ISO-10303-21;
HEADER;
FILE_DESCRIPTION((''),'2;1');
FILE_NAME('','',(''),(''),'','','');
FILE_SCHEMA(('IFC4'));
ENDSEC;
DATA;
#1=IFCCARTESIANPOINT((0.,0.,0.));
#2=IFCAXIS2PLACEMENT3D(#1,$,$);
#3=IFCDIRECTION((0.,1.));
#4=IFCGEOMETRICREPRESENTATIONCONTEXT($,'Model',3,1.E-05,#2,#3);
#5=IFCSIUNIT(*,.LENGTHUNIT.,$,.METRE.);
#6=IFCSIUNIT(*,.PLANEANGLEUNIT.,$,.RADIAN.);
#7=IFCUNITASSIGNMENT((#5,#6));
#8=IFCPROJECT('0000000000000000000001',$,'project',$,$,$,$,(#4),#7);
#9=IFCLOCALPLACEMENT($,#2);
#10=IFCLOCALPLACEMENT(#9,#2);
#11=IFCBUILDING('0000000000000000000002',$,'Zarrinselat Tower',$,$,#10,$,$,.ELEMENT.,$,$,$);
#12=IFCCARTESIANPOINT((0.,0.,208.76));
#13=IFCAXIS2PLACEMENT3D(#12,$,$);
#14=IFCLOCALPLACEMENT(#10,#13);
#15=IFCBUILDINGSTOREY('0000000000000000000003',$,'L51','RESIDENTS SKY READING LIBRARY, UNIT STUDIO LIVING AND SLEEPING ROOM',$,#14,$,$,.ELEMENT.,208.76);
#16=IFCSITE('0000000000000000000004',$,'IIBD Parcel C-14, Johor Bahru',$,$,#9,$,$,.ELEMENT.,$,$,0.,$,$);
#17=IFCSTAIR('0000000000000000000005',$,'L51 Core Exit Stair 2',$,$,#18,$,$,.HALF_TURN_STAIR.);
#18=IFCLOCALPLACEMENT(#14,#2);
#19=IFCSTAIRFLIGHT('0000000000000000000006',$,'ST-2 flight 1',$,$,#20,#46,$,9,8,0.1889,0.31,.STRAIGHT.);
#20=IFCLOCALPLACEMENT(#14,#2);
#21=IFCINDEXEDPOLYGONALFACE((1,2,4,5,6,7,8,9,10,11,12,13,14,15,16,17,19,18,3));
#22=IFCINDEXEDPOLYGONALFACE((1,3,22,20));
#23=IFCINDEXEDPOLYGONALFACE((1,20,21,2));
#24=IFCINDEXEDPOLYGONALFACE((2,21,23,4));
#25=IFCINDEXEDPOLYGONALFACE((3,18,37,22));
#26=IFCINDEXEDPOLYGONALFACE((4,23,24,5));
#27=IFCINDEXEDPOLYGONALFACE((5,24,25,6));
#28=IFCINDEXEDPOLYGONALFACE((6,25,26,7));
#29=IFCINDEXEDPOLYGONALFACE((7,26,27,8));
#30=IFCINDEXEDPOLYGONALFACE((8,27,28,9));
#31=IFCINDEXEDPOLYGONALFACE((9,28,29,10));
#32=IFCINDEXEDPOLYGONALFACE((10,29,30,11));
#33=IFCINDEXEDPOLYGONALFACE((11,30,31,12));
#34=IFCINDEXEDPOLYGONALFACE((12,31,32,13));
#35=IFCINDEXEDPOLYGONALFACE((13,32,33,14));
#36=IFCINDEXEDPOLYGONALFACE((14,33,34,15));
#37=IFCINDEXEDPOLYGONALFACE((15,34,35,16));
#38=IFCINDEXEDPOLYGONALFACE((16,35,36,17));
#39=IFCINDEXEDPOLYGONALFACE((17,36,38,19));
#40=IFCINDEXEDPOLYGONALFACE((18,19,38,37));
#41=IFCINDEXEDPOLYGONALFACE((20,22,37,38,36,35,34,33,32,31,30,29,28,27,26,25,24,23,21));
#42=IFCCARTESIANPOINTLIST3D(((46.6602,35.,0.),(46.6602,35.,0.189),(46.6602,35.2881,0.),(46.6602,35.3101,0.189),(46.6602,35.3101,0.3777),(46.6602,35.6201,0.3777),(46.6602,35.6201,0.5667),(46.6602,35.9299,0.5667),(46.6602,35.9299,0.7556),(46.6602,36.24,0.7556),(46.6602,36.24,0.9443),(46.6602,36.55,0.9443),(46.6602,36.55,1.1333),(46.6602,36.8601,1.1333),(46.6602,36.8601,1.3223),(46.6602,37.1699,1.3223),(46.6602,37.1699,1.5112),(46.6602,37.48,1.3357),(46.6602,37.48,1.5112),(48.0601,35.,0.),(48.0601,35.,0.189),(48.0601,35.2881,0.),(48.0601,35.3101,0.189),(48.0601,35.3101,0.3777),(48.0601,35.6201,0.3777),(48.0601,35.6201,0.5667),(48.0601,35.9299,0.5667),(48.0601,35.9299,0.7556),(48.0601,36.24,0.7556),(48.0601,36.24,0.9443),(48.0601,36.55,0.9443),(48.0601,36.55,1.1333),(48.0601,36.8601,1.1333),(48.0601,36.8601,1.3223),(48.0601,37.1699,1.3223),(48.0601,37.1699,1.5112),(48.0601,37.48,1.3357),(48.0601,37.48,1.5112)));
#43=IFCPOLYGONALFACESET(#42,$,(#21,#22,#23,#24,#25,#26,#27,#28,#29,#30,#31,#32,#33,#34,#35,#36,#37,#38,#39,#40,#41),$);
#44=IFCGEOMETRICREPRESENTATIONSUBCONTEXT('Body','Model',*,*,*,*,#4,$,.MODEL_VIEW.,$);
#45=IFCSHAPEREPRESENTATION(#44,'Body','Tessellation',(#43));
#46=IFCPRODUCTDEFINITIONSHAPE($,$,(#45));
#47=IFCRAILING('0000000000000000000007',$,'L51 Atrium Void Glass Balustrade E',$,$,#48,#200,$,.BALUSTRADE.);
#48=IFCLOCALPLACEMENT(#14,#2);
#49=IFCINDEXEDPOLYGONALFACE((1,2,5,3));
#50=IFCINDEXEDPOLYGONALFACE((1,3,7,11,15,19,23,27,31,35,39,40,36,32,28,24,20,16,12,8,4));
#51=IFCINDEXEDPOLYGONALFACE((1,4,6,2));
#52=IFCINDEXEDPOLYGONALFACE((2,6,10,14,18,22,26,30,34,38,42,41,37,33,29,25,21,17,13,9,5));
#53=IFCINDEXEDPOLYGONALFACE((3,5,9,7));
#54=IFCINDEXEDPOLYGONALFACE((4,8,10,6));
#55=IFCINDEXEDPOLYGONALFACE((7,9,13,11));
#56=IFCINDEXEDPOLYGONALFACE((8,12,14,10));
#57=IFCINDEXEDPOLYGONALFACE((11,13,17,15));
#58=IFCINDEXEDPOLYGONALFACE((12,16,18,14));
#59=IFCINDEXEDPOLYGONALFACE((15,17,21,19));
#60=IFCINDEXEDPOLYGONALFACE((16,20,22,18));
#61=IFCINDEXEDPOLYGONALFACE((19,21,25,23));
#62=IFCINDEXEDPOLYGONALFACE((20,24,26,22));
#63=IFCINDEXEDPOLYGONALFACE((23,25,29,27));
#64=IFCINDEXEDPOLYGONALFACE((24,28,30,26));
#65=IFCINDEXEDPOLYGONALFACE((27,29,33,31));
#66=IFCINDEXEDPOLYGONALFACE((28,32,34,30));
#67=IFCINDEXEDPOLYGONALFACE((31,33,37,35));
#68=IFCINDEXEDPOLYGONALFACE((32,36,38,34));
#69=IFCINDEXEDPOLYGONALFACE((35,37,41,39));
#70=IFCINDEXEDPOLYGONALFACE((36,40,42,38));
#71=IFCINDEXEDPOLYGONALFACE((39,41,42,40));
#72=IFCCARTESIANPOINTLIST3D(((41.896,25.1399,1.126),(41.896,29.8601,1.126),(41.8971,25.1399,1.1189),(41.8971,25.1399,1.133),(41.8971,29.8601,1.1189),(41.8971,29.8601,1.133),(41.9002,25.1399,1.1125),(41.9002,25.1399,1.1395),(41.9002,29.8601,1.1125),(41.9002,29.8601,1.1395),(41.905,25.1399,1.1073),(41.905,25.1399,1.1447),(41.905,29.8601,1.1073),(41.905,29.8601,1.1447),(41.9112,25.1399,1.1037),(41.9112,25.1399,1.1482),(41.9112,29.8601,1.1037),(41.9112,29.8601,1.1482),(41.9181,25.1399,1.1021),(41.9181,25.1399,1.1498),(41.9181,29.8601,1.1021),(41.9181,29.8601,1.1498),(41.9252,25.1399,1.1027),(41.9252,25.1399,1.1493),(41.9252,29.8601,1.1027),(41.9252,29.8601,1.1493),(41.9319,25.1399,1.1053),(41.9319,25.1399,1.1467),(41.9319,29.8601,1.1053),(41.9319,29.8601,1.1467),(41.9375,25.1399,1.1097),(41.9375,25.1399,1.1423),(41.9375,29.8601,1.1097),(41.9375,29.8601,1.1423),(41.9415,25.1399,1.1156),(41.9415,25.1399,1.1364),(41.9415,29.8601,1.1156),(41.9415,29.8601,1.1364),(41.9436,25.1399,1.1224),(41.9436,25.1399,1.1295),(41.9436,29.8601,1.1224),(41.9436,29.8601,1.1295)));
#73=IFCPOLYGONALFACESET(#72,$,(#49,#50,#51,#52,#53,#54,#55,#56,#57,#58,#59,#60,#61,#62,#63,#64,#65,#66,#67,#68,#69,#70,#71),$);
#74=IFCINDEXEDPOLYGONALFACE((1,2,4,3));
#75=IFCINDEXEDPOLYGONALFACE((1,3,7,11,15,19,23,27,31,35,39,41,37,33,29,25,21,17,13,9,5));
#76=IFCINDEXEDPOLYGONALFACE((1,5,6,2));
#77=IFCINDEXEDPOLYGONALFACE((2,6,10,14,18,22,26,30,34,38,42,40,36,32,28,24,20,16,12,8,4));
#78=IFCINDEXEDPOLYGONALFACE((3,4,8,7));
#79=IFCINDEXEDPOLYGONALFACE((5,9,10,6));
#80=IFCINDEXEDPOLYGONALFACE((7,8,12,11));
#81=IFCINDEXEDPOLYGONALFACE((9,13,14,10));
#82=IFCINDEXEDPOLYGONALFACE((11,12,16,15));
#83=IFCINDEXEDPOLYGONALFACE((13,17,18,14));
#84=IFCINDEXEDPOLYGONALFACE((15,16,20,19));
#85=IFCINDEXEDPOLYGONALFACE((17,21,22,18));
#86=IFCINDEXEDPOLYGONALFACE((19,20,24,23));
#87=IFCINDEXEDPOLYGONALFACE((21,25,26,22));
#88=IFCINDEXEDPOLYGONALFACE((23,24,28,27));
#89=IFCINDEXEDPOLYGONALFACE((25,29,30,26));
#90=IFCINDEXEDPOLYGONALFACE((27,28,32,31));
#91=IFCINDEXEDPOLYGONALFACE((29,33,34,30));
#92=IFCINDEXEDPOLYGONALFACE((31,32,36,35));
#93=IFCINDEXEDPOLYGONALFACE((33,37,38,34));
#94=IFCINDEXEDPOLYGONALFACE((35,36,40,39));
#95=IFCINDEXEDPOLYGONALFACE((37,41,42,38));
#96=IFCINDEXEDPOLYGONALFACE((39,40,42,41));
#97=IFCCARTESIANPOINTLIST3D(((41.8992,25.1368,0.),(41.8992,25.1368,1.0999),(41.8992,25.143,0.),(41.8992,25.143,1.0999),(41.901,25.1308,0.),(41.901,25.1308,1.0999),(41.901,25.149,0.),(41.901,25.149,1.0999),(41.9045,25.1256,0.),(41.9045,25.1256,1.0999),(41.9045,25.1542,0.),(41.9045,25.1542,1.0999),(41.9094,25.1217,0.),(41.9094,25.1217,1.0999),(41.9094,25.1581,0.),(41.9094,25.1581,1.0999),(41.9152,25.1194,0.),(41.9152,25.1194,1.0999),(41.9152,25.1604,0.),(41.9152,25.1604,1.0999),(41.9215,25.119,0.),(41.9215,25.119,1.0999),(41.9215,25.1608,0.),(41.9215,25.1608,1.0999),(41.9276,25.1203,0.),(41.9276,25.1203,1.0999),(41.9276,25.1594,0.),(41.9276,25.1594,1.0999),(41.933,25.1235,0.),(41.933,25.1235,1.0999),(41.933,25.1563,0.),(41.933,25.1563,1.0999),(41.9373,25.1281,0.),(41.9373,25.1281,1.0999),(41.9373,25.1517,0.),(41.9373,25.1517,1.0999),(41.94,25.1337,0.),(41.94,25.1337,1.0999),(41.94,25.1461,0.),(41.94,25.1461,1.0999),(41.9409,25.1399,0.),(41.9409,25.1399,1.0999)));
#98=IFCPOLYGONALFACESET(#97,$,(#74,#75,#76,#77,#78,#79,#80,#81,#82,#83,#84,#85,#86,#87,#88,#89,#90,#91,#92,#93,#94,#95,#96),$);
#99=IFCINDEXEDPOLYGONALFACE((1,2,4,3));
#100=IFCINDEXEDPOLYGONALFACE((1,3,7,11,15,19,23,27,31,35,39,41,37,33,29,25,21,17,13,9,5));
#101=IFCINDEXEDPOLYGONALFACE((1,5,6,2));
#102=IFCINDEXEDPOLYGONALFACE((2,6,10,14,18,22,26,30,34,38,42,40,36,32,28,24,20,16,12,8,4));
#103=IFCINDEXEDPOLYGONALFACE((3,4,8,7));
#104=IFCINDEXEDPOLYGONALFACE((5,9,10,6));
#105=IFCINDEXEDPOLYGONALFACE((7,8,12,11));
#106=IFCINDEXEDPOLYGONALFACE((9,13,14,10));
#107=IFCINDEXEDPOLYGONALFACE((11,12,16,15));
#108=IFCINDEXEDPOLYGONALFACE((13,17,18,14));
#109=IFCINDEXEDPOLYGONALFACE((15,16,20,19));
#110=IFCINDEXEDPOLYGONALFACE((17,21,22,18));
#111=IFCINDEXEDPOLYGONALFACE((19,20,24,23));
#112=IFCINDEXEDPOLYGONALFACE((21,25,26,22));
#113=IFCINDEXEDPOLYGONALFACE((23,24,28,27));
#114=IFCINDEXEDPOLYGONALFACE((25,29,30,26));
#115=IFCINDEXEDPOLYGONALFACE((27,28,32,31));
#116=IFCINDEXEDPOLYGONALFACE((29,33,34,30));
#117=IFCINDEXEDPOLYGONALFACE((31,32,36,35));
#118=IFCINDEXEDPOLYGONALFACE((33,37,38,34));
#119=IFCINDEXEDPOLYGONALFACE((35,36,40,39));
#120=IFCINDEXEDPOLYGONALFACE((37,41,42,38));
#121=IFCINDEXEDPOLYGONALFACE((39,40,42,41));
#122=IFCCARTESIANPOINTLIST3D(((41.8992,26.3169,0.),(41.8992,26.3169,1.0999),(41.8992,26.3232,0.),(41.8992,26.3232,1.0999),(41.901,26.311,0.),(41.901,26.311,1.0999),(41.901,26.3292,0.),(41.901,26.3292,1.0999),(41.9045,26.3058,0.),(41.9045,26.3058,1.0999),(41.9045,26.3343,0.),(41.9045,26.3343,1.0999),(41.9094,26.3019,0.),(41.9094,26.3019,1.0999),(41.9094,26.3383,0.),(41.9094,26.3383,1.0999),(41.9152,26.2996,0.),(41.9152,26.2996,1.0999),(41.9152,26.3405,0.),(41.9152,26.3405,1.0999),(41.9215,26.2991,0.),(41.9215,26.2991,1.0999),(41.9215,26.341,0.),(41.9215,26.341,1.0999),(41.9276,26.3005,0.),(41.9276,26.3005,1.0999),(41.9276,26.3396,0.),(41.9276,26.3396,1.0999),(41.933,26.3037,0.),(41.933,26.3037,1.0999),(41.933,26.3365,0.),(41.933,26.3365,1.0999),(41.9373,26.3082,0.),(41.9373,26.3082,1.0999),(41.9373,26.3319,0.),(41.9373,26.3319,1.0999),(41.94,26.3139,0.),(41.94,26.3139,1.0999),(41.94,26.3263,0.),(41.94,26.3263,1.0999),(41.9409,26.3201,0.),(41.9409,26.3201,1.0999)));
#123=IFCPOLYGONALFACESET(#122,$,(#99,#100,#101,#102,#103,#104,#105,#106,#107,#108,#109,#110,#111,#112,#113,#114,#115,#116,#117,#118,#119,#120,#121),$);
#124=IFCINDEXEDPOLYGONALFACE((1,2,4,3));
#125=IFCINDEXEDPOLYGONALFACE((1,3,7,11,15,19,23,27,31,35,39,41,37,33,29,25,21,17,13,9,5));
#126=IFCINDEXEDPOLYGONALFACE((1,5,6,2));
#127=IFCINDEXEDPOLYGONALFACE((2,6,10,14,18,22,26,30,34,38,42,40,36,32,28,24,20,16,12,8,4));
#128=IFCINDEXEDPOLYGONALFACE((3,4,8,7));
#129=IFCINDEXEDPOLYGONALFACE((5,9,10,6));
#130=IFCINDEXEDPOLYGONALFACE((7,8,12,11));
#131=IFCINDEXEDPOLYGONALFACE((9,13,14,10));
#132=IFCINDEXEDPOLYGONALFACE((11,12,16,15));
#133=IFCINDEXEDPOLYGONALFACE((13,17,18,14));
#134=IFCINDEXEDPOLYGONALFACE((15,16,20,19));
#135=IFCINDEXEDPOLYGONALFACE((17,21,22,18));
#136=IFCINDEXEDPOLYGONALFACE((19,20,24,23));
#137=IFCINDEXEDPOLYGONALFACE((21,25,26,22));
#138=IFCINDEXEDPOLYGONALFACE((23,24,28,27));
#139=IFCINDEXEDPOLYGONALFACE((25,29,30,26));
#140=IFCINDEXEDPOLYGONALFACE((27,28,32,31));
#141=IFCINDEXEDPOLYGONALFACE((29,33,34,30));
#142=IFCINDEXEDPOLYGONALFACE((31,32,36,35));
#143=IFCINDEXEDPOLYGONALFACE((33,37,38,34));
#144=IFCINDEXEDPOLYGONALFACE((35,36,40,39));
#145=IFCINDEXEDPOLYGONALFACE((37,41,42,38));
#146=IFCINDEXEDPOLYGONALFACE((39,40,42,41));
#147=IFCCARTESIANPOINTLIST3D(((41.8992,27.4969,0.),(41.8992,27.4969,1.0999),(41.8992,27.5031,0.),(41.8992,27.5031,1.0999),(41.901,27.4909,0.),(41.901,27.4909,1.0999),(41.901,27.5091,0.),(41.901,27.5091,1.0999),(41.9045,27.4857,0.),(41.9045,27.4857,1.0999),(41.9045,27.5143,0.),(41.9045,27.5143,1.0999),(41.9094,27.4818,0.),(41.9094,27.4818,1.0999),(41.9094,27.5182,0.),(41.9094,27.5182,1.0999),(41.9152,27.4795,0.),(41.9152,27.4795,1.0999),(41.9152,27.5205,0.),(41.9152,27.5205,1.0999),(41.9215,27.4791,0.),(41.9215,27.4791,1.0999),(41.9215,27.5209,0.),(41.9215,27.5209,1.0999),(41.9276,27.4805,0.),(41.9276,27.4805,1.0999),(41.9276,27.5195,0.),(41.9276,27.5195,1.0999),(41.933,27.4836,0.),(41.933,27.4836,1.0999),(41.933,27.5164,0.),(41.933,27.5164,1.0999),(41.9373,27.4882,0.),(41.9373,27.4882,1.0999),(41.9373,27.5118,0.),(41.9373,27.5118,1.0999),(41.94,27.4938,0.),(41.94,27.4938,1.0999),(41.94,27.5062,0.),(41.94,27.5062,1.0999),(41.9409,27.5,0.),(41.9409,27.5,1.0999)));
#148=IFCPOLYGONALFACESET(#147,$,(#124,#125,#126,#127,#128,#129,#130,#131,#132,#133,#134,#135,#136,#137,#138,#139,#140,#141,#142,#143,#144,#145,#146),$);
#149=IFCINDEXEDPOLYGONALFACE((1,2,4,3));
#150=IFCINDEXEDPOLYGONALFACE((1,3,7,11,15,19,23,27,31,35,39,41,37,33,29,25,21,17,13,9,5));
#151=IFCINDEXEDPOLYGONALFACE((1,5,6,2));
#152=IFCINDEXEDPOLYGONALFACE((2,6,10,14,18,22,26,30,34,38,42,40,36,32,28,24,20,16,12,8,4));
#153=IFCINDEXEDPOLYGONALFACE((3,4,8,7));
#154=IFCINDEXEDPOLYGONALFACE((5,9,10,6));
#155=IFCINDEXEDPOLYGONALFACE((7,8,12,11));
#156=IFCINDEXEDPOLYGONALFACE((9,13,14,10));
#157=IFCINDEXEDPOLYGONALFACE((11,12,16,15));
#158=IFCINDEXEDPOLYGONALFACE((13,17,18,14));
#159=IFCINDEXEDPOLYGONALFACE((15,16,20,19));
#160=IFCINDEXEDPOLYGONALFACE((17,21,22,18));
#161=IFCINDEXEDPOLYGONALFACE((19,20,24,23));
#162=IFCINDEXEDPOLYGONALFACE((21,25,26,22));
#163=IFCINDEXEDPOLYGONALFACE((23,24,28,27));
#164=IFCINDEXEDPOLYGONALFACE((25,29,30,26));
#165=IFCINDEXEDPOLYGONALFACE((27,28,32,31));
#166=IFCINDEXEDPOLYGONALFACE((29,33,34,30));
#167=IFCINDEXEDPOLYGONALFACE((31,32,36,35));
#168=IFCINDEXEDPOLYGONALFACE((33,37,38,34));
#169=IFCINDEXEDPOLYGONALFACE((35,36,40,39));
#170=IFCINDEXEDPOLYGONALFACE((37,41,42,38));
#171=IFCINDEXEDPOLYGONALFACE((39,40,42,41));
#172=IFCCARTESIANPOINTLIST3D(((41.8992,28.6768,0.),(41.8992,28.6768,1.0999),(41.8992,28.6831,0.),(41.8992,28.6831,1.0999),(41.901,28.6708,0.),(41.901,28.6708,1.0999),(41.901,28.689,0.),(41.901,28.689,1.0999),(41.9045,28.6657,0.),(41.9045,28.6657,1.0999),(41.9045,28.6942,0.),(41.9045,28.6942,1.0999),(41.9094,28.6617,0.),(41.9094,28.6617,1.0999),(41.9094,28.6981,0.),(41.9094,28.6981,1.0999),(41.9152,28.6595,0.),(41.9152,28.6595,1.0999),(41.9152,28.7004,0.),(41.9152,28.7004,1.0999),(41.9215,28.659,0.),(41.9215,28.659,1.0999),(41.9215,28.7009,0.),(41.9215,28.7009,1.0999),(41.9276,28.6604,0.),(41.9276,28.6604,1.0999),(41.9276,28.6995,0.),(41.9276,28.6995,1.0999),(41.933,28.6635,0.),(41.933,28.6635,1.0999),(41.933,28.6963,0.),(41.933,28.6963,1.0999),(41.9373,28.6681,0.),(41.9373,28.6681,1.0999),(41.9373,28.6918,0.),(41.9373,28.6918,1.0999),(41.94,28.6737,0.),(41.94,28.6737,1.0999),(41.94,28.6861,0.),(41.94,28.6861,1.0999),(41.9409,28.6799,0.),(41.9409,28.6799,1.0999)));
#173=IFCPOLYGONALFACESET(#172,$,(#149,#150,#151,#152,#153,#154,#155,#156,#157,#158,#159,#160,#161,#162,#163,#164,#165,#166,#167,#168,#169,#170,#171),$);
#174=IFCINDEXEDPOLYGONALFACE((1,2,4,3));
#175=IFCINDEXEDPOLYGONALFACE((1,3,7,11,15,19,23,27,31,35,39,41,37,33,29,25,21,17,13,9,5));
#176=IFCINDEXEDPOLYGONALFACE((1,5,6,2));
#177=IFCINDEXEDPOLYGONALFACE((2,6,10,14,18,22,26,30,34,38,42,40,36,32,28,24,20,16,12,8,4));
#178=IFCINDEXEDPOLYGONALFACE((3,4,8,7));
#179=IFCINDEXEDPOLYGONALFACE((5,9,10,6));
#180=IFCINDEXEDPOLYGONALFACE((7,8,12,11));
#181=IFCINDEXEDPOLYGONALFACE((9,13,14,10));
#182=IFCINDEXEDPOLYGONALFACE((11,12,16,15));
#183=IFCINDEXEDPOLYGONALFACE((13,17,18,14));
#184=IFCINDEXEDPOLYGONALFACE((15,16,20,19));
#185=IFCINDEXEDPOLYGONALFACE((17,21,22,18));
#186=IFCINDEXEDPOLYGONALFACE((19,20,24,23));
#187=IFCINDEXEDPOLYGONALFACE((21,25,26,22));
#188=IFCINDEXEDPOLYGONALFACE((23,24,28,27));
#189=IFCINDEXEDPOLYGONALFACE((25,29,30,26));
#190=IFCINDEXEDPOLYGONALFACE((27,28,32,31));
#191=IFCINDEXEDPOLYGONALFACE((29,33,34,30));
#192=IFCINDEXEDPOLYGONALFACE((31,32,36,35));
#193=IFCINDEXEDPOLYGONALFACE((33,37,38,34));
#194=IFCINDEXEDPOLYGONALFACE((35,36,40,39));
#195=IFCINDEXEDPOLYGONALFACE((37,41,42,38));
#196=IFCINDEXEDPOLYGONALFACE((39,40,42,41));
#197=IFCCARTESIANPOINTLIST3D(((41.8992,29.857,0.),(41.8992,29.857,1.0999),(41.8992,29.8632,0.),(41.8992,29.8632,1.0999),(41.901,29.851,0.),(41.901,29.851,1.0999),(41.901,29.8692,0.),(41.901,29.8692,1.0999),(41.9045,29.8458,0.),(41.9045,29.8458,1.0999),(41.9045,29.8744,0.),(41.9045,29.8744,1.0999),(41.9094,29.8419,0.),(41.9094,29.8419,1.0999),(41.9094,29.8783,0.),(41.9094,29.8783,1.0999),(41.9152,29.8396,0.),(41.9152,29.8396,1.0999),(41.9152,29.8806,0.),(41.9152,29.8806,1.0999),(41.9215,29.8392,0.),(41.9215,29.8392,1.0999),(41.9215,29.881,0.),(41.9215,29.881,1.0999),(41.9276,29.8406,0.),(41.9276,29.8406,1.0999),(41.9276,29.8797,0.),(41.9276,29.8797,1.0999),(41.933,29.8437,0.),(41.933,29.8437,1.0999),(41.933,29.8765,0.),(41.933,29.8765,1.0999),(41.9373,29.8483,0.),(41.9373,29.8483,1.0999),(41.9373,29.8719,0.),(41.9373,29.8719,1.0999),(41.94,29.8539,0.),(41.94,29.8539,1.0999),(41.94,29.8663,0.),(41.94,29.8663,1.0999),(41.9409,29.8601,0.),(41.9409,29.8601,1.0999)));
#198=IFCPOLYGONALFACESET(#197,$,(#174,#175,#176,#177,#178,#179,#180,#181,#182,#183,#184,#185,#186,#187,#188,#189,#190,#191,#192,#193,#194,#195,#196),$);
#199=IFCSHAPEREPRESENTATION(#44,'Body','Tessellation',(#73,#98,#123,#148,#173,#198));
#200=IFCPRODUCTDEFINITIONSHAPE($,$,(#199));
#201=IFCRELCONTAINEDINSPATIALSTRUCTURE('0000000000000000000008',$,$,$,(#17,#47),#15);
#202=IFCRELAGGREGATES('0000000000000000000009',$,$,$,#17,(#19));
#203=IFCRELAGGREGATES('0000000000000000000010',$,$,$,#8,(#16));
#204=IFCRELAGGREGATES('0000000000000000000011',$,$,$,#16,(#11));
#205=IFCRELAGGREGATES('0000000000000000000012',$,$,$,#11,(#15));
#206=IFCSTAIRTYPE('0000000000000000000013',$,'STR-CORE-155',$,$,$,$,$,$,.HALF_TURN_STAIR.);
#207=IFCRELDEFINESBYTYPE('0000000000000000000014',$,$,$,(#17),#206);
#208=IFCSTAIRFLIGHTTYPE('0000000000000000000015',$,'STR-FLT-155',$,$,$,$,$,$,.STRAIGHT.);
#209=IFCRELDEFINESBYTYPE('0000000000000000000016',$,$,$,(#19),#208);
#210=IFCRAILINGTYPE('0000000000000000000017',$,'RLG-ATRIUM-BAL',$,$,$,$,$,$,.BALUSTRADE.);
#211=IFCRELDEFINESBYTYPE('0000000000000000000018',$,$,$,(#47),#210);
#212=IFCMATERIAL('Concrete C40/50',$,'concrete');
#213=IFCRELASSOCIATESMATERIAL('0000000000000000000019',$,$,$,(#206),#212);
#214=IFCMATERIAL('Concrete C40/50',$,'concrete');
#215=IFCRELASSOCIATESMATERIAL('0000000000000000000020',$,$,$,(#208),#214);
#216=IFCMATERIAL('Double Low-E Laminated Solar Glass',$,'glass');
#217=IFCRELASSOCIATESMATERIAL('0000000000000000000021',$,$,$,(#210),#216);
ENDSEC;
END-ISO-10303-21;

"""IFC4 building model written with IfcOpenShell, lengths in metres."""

from ifc_helpers import new_model, si_unit, direction, frame, origin, origin_2d, place, context, subcontext, project, spatial, polyline, circle, outline, extrude, material, type_object, element, aggregate, save


model = new_model("IFC4")

# Units and contexts
model_context = context("Model", 3, precision=1e-05, world=origin(), true_north=direction((0.0, 1.0)))
body_context = subcontext(model_context, "Body", "Model", "MODEL_VIEW")
ifc_project = project(units=[si_unit("LENGTHUNIT", "METRE"), si_unit("PLANEANGLEUNIT", "RADIAN")], contexts=[model_context])

# Site, building, storey
site_placement = place(None, origin())
site = spatial("IfcSite", under=ifc_project, at=site_placement, Name="IIBD Parcel C-14, Johor Bahru", CompositionType="ELEMENT", RefElevation=0.0)
building_placement = place(site_placement, origin())
building = spatial("IfcBuilding", under=site, at=building_placement, Name="Zarrinselat Tower", CompositionType="ELEMENT")
storey_placement = place(building_placement, frame((0.0, 0.0, 208.76)))
storey = spatial("IfcBuildingStorey", under=building, at=storey_placement, Name="L51", Description="RESIDENTS SKY READING LIBRARY, UNIT STUDIO LIVING AND SLEEPING ROOM", CompositionType="ELEMENT", Elevation=208.76)

# Stair, stair flight
ifc_material_1 = material(Name="Concrete C40/50", Category="concrete")
stair_type = type_object("IfcStairType", Name="STR-CORE-155", PredefinedType="HALF_TURN_STAIR", material=ifc_material_1)
stair_placement = place(storey_placement, origin())
stair = element("IfcStair", 1, at=stair_placement, inside=storey, type_object=stair_type, Name="L51 Core Exit Stair 2", PredefinedType="HALF_TURN_STAIR")
ifc_material_2 = material(Name="Concrete C40/50", Category="concrete")
stair_flight_type = type_object("IfcStairFlightType", Name="STR-FLT-155", PredefinedType="STRAIGHT", material=ifc_material_2)
stair_flight_placement = place(storey_placement, frame((47.3601, 35.0, 0.0), z_axis=(0.0, 0.0, 1.0), x_axis=(0.0, 1.0, 0.0)))
stair_flight = element("IfcStairFlight", 2, at=stair_flight_placement, type_object=stair_flight_type, Name="ST-2 flight 1", NumberOfRisers=9, NumberOfTreads=8, PredefinedType="STRAIGHT", RiserHeight=0.1889, TreadLength=0.31, context=body_context, shape_type="SweptSolid", body=[
    extrude(outline(polyline([(0.0, 0.0), (0.0, 0.189), (0.3101, 0.189), (0.3101, 0.3777), (0.6201, 0.3777), (0.6201, 0.5667), (0.9299, 0.5667), (0.9299, 0.7556), (1.24, 0.7556), (1.24, 0.9443), (1.55, 0.9443), (1.55, 1.1333), (1.8601, 1.1333), (1.8601, 1.3223), (2.1699, 1.3223), (2.1699, 1.5112), (2.48, 1.5112), (2.48, 1.7), (2.48, 1.3357), (0.2881, 0.0), (0.0, 0.0)])), frame((0.0, 0.7, 0.0), z_axis=(0.0, -1.0, 0.0), x_axis=(1.0, 0.0, 0.0)), (0.0, 0.0, 1.0), 1.3999),
])
aggregate(stair, [stair_flight])

# Railing
ifc_material_3 = material(Name="Double Low-E Laminated Solar Glass", Category="glass")
railing_type_1 = type_object("IfcRailingType", Name="RLG-ATRIUM-BAL", PredefinedType="BALUSTRADE", material=ifc_material_3)
railing_1_placement = place(storey_placement, frame((41.9199, 25.1399, 0.0)))
element("IfcRailing", 3, at=railing_1_placement, inside=storey, type_object=railing_type_1, Name="L51 Atrium Void Glass Balustrade E", PredefinedType="BALUSTRADE", context=body_context, shape_type="SweptSolid", body=[
    extrude(circle(Radius=0.0239, at=origin_2d()), frame((0.0, 0.0, 1.126), z_axis=(0.0, 1.0, 0.0), x_axis=(-1.0, 0.0, 0.0)), (0.0, 0.0, 1.0), 4.7202),
    extrude(circle(Radius=0.021, at=origin_2d()), origin(), (0.0, 0.0, 1.0), 1.0999),
    extrude(circle(Radius=0.021, at=origin_2d()), frame((0.0, 1.1802, 0.0)), (0.0, 0.0, 1.0), 1.0999),
    extrude(circle(Radius=0.021, at=origin_2d()), frame((0.0, 2.3601, 0.0)), (0.0, 0.0, 1.0), 1.0999),
    extrude(circle(Radius=0.021, at=origin_2d()), frame((0.0, 3.54, 0.0)), (0.0, 0.0, 1.0), 1.0999),
    extrude(circle(Radius=0.021, at=origin_2d()), frame((0.0, 4.7202, 0.0)), (0.0, 0.0, 1.0), 1.0999),
])

save(model, "model.ifc")
